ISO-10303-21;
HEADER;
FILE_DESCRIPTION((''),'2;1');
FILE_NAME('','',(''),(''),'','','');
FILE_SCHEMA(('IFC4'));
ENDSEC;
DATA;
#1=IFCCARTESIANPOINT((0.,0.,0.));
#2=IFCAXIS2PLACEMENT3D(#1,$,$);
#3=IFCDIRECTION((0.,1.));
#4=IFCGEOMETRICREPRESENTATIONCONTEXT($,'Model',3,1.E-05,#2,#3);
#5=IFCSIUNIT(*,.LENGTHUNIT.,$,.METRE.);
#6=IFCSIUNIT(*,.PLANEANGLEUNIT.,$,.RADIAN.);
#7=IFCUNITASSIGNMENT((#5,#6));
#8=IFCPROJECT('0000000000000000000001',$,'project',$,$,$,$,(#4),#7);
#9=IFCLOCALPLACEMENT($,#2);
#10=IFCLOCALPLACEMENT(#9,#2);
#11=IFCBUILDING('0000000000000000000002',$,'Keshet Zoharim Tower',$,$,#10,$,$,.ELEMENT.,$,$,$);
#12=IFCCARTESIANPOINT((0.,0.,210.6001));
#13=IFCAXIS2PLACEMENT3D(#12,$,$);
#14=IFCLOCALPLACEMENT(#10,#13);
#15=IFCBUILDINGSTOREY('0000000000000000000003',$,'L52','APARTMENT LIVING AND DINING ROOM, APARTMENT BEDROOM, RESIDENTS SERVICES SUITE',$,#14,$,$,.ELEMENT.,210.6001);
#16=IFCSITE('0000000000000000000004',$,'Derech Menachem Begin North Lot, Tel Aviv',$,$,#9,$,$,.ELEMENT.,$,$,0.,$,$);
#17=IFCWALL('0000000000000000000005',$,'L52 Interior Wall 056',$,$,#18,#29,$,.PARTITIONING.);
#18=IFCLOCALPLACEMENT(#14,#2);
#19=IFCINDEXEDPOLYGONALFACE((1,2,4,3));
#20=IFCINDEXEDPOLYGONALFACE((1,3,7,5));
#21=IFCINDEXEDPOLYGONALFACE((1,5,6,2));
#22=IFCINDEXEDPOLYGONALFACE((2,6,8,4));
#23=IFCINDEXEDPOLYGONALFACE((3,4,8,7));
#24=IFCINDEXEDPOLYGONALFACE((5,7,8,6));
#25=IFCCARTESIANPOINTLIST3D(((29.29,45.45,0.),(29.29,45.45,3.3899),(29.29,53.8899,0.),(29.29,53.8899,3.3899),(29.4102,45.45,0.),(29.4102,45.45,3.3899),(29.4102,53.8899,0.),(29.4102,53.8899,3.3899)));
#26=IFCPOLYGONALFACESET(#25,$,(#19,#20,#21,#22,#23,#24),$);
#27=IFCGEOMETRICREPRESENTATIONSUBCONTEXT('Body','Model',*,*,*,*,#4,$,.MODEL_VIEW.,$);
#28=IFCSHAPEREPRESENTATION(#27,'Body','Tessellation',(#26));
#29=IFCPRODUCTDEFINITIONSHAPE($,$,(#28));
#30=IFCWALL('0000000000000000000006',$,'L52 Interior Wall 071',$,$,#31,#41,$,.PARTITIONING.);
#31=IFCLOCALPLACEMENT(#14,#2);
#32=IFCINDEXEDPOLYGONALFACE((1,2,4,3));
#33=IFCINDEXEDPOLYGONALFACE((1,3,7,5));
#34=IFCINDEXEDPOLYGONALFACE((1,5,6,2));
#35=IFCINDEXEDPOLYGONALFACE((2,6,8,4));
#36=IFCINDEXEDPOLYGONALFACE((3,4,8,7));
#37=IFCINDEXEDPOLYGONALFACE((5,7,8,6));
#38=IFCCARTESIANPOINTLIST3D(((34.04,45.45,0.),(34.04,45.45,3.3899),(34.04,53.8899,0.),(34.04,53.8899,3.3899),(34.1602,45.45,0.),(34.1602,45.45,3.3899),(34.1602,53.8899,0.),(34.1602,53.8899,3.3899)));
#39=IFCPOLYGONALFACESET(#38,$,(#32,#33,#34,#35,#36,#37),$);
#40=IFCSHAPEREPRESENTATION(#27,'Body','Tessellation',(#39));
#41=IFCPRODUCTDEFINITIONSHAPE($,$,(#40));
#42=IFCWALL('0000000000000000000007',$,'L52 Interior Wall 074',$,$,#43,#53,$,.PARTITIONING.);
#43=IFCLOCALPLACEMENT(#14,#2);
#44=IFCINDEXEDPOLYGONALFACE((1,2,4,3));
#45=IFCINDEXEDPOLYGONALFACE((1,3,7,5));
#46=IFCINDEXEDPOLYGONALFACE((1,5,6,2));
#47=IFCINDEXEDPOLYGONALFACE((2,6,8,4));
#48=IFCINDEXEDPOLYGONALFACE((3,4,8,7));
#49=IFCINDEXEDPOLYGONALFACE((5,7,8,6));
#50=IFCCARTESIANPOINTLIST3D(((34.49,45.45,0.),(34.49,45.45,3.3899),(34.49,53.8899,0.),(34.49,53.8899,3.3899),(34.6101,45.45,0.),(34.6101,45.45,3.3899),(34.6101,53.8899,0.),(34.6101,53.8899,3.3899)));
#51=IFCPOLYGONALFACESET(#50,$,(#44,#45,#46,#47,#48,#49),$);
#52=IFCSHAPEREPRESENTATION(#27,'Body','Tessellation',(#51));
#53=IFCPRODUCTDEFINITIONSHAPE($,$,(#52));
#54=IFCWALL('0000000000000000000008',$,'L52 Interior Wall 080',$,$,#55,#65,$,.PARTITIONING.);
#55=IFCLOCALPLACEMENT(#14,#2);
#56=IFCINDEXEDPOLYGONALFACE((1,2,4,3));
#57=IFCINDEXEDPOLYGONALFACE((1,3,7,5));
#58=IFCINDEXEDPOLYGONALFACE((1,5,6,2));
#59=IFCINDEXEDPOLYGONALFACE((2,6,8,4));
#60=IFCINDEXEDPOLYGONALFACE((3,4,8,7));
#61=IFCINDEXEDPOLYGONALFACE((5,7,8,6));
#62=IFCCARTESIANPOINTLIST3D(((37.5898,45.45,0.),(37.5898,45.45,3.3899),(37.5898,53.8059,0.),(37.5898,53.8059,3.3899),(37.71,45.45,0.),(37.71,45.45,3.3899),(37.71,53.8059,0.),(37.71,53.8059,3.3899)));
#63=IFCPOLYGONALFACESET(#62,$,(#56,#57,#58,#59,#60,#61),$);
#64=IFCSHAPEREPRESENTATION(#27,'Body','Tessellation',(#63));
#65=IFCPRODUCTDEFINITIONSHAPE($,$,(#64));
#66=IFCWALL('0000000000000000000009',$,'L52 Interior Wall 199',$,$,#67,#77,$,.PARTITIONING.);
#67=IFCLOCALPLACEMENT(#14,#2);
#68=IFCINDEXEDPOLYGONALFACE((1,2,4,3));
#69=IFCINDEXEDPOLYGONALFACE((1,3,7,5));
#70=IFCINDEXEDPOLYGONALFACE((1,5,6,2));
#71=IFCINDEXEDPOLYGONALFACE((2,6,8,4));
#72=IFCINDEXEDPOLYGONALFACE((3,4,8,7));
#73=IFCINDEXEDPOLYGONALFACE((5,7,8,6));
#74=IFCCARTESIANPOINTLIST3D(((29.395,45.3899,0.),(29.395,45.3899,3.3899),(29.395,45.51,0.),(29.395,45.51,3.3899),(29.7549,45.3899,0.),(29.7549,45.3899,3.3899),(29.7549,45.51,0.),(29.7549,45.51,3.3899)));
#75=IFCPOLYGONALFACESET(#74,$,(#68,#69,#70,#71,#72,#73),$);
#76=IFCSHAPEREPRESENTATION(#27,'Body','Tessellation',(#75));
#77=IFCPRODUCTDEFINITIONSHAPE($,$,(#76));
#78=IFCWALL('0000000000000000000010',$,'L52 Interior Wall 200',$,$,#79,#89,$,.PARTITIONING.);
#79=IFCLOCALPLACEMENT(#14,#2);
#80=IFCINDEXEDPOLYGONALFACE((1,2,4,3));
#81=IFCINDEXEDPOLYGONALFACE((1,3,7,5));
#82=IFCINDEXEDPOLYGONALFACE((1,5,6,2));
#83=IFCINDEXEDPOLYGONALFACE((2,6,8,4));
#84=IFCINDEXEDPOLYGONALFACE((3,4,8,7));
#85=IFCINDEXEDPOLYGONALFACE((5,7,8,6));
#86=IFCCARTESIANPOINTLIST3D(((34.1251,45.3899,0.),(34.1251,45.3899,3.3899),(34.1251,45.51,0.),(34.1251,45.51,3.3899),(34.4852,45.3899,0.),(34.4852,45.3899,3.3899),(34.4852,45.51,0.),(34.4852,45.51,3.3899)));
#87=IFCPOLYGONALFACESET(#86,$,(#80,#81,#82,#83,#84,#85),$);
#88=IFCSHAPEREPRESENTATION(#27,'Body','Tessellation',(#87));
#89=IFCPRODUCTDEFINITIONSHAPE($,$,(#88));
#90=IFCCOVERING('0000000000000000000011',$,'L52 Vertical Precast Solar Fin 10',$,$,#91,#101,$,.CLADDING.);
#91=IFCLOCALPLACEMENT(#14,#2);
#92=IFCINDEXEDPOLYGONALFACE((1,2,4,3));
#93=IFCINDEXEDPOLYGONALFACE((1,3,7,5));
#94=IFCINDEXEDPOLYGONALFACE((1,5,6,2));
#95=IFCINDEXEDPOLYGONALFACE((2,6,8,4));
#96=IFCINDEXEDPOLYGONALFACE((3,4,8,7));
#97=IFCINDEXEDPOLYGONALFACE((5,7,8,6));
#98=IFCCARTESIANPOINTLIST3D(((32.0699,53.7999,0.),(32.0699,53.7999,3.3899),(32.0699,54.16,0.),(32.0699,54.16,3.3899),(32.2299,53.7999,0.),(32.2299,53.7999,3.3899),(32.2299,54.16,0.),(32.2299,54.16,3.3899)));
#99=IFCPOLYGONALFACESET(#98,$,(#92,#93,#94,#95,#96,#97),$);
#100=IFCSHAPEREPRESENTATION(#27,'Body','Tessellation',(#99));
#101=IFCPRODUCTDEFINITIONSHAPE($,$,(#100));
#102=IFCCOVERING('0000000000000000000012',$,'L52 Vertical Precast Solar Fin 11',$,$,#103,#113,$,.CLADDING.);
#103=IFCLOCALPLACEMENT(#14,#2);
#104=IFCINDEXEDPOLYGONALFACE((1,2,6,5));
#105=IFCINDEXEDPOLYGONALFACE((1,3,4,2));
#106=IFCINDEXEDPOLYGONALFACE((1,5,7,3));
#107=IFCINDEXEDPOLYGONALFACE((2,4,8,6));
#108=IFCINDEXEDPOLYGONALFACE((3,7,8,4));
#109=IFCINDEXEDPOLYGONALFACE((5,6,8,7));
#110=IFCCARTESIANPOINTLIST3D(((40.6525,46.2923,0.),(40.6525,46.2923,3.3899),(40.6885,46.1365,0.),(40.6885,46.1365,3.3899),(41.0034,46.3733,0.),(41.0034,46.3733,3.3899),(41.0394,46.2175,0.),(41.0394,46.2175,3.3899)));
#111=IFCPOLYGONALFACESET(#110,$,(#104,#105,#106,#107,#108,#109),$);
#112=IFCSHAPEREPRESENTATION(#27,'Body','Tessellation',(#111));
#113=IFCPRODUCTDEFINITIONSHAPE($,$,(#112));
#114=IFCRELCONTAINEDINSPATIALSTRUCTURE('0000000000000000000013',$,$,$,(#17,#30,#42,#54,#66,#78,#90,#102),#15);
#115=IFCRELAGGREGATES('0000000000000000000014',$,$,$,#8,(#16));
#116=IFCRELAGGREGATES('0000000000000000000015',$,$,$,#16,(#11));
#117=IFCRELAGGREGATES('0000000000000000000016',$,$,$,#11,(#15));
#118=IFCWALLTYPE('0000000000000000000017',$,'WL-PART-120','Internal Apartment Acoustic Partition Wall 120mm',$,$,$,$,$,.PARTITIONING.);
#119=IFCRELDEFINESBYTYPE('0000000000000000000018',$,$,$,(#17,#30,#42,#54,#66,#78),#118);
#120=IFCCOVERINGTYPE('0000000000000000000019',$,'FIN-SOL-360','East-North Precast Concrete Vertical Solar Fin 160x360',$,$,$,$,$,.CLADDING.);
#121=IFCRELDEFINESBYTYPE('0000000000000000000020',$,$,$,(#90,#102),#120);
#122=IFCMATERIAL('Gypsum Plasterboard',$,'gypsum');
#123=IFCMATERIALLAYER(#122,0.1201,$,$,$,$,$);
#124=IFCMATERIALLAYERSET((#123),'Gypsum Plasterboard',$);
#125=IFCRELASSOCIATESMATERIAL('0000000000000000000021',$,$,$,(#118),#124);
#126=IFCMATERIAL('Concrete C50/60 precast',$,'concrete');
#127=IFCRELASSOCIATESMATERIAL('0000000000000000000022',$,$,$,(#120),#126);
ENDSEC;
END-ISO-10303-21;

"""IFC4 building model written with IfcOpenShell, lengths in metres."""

from ifc_helpers import new_model, si_unit, direction, frame, frame_2d, origin, origin_2d, place, context, subcontext, project, spatial, rectangle, extrude, material, layer, layer_set, type_object, element, save


model = new_model("IFC4")

# Units and contexts
model_context = context("Model", 3, precision=1e-05, world=origin(), true_north=direction((0.0, 1.0)))
body_context = subcontext(model_context, "Body", "Model", "MODEL_VIEW")
ifc_project = project(units=[si_unit("LENGTHUNIT", "METRE"), si_unit("PLANEANGLEUNIT", "RADIAN")], contexts=[model_context])

# Site, building, storey
site_placement = place(None, origin())
site = spatial("IfcSite", under=ifc_project, at=site_placement, Name="Derech Menachem Begin North Lot, Tel Aviv", CompositionType="ELEMENT", RefElevation=0.0)
building_placement = place(site_placement, origin())
building = spatial("IfcBuilding", under=site, at=building_placement, Name="Keshet Zoharim Tower", CompositionType="ELEMENT")
storey_placement = place(building_placement, frame((0.0, 0.0, 210.6001)))
storey = spatial("IfcBuildingStorey", under=building, at=storey_placement, Name="L52", Description="APARTMENT LIVING AND DINING ROOM, APARTMENT BEDROOM, RESIDENTS SERVICES SUITE", CompositionType="ELEMENT", Elevation=210.6001)

# Walls
ifc_material_1 = material(Name="Gypsum Plasterboard", Category="gypsum")
ifc_layer_1 = layer(ifc_material_1, 0.1201)
ifc_layer_set_1 = layer_set([ifc_layer_1], Name="Gypsum Plasterboard")
wall_type = type_object("IfcWallType", Name="WL-PART-120", Description="Internal Apartment Acoustic Partition Wall 120mm", PredefinedType="PARTITIONING", material=ifc_layer_set_1)
for number, where, z_axis, x_axis, name in (
    (1, (29.3501, 45.45, 0.0), (0.0, 0.0, 1.0), (0.0, 1.0, 0.0), "L52 Interior Wall 056"),
    (2, (34.1001, 45.45, 0.0), (0.0, 0.0, 1.0), (0.0, 1.0, 0.0), "L52 Interior Wall 071"),
    (3, (34.55, 45.45, 0.0), (0.0, 0.0, 1.0), (0.0, 1.0, 0.0), "L52 Interior Wall 074"),
):
    element("IfcWall", number, at=place(storey_placement, frame(where, z_axis=z_axis, x_axis=x_axis)), inside=storey, type_object=wall_type, Name=name, PredefinedType="PARTITIONING", context=body_context, shape_type="SweptSolid", body=[
        extrude(rectangle(XDim=8.4399, YDim=0.1201, at=frame_2d((4.22, 0.0))), origin(), (0.0, 0.0, 1.0), 3.3899),
    ])
wall_1_placement = place(storey_placement, frame((37.6499, 45.45, 0.0), z_axis=(0.0, 0.0, 1.0), x_axis=(0.0, 1.0, 0.0)))
element("IfcWall", 4, at=wall_1_placement, inside=storey, type_object=wall_type, Name="L52 Interior Wall 080", PredefinedType="PARTITIONING", context=body_context, shape_type="SweptSolid", body=[
    extrude(rectangle(XDim=8.356, YDim=0.1201, at=frame_2d((4.178, 0.0))), origin(), (0.0, 0.0, 1.0), 3.3899),
])
wall_2_placement = place(storey_placement, frame((29.395, 45.45, 0.0), z_axis=(0.0, 0.0, 1.0), x_axis=(1.0, 0.0, 0.0)))
element("IfcWall", 5, at=wall_2_placement, inside=storey, type_object=wall_type, Name="L52 Interior Wall 199", PredefinedType="PARTITIONING", context=body_context, shape_type="SweptSolid", body=[
    extrude(rectangle(XDim=0.3599, YDim=0.1201, at=frame_2d((0.1799, 0.0))), origin(), (0.0, 0.0, 1.0), 3.3899),
])
wall_3_placement = place(storey_placement, frame((34.125, 45.45, 0.0), z_axis=(0.0, 0.0, 1.0), x_axis=(1.0, 0.0, 0.0)))
element("IfcWall", 6, at=wall_3_placement, inside=storey, type_object=wall_type, Name="L52 Interior Wall 200", PredefinedType="PARTITIONING", context=body_context, shape_type="SweptSolid", body=[
    extrude(rectangle(XDim=0.3601, YDim=0.1201, at=frame_2d((0.1802, 0.0))), origin(), (0.0, 0.0, 1.0), 3.3899),
])

# Coverings
ifc_material_2 = material(Name="Concrete C50/60 precast", Category="concrete")
covering_type = type_object("IfcCoveringType", Name="FIN-SOL-360", Description="East-North Precast Concrete Vertical Solar Fin 160x360", PredefinedType="CLADDING", material=ifc_material_2)
for number, where, z_axis, x_axis, name in (
    (7, (32.1499, 53.98, 0.0), (0.0, 0.0, 1.0), (1.0, 0.0, 0.0), "L52 Vertical Precast Solar Fin 10"),
    (8, (40.8459, 46.2549, 0.0), (0.0, 0.0, 1.0), (0.224848, -0.974394, 0.0), "L52 Vertical Precast Solar Fin 11"),
):
    element("IfcCovering", number, at=place(storey_placement, frame(where, z_axis=z_axis, x_axis=x_axis)), inside=storey, type_object=covering_type, Name=name, PredefinedType="CLADDING", context=body_context, shape_type="SweptSolid", body=[
        extrude(rectangle(XDim=0.1599, YDim=0.3601, at=origin_2d()), origin(), (0.0, 0.0, 1.0), 3.3899),
    ])

save(model, "model.ifc")
